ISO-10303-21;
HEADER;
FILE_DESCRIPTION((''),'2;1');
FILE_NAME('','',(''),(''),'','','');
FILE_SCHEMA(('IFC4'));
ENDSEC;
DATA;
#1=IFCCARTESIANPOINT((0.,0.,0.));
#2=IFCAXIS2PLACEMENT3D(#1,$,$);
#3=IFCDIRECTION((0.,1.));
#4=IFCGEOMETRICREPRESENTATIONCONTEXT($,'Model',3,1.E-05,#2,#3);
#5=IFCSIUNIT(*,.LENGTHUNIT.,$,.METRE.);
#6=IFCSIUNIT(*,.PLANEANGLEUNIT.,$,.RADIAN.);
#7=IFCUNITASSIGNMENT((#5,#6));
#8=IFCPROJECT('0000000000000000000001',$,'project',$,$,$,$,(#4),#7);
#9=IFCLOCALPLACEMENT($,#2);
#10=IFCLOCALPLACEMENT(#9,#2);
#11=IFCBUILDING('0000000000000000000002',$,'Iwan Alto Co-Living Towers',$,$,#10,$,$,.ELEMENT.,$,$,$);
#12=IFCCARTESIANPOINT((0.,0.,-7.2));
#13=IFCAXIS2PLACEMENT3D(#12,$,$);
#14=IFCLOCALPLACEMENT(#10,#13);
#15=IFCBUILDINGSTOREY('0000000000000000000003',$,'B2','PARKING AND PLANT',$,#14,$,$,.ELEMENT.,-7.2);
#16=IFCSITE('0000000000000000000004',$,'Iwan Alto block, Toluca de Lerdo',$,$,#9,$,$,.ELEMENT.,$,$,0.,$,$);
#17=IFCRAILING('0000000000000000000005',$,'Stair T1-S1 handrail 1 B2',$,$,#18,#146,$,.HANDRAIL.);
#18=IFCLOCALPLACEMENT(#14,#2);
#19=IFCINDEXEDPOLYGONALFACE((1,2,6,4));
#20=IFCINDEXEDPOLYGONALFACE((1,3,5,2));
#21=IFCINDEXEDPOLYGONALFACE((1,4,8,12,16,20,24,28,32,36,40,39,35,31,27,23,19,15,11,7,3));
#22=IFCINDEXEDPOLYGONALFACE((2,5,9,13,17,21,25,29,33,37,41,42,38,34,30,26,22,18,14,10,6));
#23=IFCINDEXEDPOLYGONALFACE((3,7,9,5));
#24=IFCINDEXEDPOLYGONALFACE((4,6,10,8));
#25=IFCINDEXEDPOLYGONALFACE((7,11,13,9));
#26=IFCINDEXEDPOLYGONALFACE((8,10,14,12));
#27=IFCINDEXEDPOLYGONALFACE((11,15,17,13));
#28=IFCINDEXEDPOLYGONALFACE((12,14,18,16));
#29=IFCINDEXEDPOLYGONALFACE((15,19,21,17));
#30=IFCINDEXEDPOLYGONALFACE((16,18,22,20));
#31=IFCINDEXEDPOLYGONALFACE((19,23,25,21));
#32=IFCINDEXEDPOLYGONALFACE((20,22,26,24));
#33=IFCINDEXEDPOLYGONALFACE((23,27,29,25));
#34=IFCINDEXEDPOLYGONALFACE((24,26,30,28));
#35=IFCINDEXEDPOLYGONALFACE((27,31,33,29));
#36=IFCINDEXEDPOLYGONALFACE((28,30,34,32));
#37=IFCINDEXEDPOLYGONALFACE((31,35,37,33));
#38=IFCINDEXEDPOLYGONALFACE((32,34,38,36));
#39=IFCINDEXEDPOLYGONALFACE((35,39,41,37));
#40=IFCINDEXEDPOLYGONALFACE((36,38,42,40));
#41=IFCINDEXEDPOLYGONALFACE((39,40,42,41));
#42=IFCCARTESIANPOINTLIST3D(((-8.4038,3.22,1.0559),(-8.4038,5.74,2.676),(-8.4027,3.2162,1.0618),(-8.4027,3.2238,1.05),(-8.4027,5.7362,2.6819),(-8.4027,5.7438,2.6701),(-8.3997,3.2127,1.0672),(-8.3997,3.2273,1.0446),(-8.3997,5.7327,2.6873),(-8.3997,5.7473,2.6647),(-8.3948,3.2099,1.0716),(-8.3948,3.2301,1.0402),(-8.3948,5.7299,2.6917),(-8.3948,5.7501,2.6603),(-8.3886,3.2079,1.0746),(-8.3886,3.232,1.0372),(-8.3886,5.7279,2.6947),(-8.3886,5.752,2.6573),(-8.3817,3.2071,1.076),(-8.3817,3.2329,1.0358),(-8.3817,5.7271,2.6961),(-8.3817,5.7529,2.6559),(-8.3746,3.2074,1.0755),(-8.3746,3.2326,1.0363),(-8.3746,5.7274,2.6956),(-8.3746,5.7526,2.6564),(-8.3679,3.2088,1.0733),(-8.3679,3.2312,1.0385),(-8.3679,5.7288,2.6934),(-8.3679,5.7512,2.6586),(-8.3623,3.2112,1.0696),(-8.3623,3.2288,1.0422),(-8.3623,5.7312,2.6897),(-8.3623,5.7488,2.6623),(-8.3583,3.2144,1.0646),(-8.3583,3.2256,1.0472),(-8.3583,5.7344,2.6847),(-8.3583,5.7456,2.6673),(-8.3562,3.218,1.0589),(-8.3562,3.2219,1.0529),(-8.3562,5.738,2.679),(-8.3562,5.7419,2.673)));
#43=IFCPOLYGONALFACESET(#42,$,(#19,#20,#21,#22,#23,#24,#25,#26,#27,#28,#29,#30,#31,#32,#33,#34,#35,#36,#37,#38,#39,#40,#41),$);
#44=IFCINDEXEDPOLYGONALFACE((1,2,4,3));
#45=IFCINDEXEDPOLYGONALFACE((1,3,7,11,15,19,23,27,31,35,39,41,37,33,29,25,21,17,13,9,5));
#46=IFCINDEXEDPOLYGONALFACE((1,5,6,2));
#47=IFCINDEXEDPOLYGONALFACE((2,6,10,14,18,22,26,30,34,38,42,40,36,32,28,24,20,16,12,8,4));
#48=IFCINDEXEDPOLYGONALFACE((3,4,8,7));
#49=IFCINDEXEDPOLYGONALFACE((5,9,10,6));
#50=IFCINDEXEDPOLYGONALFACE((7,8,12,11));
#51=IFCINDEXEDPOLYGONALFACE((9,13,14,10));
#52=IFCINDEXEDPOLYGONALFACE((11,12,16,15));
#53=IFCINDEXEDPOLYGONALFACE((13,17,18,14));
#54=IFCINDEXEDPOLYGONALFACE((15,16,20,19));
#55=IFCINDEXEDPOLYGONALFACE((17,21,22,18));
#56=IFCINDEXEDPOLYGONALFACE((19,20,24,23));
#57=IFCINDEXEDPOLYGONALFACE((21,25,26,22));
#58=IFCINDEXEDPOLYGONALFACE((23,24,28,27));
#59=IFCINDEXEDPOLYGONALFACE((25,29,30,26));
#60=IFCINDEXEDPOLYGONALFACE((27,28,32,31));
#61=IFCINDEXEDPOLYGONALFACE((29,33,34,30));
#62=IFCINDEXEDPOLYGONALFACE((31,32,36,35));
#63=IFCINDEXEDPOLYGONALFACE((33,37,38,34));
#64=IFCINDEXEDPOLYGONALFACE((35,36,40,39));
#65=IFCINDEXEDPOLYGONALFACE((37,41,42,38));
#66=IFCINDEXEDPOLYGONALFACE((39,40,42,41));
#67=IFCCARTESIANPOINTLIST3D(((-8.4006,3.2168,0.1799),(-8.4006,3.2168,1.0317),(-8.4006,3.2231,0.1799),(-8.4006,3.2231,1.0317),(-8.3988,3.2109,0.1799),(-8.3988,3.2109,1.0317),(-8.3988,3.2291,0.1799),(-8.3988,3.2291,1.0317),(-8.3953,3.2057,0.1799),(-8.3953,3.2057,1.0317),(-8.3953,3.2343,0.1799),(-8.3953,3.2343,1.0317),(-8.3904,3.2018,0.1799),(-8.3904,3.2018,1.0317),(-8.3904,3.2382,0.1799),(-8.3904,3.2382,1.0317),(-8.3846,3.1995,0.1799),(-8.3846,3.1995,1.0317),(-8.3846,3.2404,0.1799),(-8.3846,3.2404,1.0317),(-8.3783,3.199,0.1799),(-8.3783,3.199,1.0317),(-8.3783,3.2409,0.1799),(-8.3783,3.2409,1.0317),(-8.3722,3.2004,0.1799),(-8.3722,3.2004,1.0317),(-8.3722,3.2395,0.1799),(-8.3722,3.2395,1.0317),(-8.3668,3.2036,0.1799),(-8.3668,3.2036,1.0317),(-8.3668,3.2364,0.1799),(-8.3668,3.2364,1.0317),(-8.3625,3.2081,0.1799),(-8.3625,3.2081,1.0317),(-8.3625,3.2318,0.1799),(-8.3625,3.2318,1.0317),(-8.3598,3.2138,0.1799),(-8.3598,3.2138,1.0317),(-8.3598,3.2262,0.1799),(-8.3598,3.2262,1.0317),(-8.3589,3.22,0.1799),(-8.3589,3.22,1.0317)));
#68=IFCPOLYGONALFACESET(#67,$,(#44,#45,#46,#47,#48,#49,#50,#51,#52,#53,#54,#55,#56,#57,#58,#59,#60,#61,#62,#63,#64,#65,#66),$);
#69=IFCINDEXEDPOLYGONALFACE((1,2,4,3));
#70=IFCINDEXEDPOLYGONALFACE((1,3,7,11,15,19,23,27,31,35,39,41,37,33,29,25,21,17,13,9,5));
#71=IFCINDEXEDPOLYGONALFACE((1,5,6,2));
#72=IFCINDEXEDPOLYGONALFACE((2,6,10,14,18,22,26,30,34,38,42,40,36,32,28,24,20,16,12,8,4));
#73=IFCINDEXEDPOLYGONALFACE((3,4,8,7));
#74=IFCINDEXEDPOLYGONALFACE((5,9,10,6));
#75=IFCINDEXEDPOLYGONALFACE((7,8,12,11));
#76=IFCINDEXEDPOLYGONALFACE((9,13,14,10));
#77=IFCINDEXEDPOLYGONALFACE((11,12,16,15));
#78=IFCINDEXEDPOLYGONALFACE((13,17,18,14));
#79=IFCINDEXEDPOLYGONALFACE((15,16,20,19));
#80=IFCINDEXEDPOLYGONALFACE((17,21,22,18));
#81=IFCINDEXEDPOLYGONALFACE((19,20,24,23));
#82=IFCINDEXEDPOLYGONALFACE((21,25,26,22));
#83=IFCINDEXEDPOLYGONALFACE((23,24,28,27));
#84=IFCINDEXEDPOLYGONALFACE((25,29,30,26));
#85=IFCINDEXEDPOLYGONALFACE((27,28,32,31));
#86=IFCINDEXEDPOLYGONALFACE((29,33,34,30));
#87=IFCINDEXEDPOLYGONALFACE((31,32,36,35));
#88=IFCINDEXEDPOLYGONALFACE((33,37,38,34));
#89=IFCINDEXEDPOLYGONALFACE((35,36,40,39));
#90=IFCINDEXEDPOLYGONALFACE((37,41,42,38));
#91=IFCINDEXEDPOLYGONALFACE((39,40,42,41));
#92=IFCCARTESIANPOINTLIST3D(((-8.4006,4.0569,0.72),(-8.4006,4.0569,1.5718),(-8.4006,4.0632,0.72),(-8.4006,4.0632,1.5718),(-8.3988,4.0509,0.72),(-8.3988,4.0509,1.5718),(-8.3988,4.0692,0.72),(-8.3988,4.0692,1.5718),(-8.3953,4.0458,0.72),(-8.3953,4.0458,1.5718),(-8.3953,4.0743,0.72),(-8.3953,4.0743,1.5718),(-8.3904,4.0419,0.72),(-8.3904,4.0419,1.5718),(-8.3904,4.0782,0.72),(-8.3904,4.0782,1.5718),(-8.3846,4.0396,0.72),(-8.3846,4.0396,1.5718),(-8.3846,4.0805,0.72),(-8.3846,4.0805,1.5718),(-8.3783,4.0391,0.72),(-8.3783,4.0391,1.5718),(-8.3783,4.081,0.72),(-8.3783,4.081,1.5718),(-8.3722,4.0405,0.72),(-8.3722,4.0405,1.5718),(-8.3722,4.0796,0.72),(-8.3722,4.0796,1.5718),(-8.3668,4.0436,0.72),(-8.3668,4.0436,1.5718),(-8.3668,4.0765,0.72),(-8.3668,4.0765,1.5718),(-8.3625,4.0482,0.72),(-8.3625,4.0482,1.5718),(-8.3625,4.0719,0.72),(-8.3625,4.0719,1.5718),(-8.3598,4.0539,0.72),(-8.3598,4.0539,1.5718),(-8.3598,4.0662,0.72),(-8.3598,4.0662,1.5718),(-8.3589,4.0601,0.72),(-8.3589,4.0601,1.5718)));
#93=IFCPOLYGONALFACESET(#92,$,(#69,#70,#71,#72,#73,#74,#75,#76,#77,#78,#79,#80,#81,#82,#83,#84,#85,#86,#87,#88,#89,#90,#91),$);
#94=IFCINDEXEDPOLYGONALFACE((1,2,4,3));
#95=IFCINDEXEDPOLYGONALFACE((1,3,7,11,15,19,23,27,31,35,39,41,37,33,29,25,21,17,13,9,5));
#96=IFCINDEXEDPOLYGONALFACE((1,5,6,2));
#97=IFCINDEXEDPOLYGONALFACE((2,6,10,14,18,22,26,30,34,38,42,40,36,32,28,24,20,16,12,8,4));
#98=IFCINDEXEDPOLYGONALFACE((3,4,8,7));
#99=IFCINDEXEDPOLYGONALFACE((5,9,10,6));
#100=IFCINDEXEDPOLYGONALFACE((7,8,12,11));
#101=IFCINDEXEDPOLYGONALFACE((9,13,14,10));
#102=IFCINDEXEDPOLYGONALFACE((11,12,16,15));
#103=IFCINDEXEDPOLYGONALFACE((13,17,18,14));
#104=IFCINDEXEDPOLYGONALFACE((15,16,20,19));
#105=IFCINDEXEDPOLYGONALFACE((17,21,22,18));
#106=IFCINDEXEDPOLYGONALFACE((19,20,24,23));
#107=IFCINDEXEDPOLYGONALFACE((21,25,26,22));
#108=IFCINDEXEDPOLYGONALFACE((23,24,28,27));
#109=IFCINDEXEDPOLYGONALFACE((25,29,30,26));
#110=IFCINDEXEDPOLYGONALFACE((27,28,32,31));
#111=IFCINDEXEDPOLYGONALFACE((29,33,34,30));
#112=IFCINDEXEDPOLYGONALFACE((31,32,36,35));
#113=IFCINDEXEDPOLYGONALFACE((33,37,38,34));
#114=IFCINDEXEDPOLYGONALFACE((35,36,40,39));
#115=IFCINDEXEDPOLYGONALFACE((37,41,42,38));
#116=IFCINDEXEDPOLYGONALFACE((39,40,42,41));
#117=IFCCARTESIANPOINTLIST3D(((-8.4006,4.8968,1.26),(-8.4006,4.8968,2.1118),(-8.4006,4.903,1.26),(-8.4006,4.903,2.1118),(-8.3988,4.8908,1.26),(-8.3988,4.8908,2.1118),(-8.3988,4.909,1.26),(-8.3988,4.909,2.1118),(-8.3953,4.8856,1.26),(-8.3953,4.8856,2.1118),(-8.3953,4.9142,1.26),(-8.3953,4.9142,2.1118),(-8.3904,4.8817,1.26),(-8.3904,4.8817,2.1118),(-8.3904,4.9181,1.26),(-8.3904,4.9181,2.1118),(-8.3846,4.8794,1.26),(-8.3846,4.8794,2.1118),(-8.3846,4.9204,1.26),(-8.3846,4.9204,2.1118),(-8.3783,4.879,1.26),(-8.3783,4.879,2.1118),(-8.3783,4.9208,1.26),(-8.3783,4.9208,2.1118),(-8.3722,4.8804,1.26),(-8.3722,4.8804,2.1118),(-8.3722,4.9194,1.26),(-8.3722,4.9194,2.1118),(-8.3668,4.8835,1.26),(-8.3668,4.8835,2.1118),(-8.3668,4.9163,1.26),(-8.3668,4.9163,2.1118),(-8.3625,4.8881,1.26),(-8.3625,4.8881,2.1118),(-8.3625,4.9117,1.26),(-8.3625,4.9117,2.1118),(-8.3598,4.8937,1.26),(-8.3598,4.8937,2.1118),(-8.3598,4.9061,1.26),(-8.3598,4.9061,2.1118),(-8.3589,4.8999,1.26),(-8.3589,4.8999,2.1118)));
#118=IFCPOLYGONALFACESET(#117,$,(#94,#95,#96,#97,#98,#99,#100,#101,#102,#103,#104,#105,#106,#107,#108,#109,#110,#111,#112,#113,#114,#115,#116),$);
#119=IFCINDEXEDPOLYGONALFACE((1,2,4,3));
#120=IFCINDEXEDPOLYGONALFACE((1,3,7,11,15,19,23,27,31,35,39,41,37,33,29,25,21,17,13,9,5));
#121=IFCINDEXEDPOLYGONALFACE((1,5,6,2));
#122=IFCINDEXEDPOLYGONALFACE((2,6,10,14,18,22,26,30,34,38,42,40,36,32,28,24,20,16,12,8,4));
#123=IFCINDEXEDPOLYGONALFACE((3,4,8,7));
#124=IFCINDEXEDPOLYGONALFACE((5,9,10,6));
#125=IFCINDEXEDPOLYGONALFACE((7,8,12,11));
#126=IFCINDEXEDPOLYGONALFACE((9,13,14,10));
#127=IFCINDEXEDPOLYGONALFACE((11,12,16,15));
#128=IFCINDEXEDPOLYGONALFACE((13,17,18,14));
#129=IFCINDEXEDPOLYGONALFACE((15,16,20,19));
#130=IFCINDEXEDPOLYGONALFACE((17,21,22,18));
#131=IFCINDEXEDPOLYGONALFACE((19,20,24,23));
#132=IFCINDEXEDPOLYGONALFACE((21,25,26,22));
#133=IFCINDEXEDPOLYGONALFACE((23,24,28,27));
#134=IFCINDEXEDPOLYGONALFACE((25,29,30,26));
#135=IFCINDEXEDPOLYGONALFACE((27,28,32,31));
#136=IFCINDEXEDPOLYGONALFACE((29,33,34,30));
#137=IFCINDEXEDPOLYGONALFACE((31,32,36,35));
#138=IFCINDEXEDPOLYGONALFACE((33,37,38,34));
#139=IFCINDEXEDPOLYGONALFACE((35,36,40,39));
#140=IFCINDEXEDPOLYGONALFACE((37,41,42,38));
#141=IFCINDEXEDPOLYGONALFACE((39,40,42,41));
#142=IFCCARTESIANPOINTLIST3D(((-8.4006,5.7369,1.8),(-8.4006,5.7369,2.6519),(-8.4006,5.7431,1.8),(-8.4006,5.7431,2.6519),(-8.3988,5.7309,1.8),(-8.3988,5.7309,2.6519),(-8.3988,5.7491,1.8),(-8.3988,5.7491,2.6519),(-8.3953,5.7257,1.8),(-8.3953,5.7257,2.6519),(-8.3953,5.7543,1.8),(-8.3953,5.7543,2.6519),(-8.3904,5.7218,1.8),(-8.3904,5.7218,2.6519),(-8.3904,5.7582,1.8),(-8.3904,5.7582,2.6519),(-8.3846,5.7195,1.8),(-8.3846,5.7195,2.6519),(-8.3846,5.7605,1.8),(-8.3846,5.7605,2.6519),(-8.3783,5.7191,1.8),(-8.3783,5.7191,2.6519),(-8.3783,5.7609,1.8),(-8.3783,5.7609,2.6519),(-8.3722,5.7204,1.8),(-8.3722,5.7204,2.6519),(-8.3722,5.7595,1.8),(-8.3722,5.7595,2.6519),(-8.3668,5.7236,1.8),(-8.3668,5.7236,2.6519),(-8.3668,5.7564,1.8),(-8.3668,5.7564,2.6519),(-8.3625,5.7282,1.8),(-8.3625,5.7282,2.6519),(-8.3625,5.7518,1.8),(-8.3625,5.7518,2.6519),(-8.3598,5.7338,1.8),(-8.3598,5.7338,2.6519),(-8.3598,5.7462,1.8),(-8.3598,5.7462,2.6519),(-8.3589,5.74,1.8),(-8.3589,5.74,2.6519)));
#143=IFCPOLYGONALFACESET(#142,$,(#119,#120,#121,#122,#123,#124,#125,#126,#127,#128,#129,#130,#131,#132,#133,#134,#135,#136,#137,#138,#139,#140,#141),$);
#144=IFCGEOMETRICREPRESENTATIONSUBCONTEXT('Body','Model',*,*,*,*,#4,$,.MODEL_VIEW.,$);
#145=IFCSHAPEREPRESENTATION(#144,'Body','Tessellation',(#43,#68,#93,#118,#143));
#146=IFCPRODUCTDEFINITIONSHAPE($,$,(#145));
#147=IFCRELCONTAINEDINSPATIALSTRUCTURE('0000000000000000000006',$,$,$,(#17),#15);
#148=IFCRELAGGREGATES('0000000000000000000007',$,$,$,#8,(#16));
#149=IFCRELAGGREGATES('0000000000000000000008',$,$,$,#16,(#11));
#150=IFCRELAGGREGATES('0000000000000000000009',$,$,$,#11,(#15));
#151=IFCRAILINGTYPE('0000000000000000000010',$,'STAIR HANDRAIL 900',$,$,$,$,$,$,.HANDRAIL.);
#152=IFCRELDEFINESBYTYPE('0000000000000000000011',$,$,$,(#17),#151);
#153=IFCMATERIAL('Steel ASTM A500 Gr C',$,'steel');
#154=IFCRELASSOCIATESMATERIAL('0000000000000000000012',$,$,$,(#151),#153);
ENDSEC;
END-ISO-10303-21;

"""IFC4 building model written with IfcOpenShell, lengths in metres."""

from ifc_helpers import new_model, si_unit, direction, frame, origin, origin_2d, place, context, subcontext, project, spatial, circle, extrude, material, type_object, element, save


model = new_model("IFC4")

# Units and contexts
model_context = context("Model", 3, precision=1e-05, world=origin(), true_north=direction((0.0, 1.0)))
body_context = subcontext(model_context, "Body", "Model", "MODEL_VIEW")
ifc_project = project(units=[si_unit("LENGTHUNIT", "METRE"), si_unit("PLANEANGLEUNIT", "RADIAN")], contexts=[model_context])

# Site, building, storey
site_placement = place(None, origin())
site = spatial("IfcSite", under=ifc_project, at=site_placement, Name="Iwan Alto block, Toluca de Lerdo", CompositionType="ELEMENT", RefElevation=0.0)
building_placement = place(site_placement, origin())
building = spatial("IfcBuilding", under=site, at=building_placement, Name="Iwan Alto Co-Living Towers", CompositionType="ELEMENT")
storey_placement = place(building_placement, frame((0.0, 0.0, -7.2)))
storey = spatial("IfcBuildingStorey", under=building, at=storey_placement, Name="B2", Description="PARKING AND PLANT", CompositionType="ELEMENT", Elevation=-7.2)

# Railing
ifc_material_1 = material(Name="Steel ASTM A500 Gr C", Category="steel")
railing_type_1 = type_object("IfcRailingType", Name="STAIR HANDRAIL 900", PredefinedType="HANDRAIL", material=ifc_material_1)
railing_1_placement = place(storey_placement, frame((-8.3799, 3.22, 0.1799)))
element("IfcRailing", 1, at=railing_1_placement, inside=storey, type_object=railing_type_1, Name="Stair T1-S1 handrail 1 B2", PredefinedType="HANDRAIL", context=body_context, shape_type="SweptSolid", body=[
    extrude(circle(Radius=0.0239, at=origin_2d()), frame((0.0, 0.0, 0.876), z_axis=(0.0, 0.841163, 0.540782), x_axis=(-1.0, 0.0, 0.0)), (0.0, 0.0, 1.0), 2.9958),
    extrude(circle(Radius=0.021, at=origin_2d()), origin(), (0.0, 0.0, 1.0), 0.8518),
    extrude(circle(Radius=0.021, at=origin_2d()), frame((0.0, 0.8401, 0.54)), (0.0, 0.0, 1.0), 0.8518),
    extrude(circle(Radius=0.021, at=origin_2d()), frame((0.0, 1.6799, 1.0801)), (0.0, 0.0, 1.0), 0.8518),
    extrude(circle(Radius=0.021, at=origin_2d()), frame((0.0, 2.52, 1.6201)), (0.0, 0.0, 1.0), 0.8518),
])

save(model, "model.ifc")
